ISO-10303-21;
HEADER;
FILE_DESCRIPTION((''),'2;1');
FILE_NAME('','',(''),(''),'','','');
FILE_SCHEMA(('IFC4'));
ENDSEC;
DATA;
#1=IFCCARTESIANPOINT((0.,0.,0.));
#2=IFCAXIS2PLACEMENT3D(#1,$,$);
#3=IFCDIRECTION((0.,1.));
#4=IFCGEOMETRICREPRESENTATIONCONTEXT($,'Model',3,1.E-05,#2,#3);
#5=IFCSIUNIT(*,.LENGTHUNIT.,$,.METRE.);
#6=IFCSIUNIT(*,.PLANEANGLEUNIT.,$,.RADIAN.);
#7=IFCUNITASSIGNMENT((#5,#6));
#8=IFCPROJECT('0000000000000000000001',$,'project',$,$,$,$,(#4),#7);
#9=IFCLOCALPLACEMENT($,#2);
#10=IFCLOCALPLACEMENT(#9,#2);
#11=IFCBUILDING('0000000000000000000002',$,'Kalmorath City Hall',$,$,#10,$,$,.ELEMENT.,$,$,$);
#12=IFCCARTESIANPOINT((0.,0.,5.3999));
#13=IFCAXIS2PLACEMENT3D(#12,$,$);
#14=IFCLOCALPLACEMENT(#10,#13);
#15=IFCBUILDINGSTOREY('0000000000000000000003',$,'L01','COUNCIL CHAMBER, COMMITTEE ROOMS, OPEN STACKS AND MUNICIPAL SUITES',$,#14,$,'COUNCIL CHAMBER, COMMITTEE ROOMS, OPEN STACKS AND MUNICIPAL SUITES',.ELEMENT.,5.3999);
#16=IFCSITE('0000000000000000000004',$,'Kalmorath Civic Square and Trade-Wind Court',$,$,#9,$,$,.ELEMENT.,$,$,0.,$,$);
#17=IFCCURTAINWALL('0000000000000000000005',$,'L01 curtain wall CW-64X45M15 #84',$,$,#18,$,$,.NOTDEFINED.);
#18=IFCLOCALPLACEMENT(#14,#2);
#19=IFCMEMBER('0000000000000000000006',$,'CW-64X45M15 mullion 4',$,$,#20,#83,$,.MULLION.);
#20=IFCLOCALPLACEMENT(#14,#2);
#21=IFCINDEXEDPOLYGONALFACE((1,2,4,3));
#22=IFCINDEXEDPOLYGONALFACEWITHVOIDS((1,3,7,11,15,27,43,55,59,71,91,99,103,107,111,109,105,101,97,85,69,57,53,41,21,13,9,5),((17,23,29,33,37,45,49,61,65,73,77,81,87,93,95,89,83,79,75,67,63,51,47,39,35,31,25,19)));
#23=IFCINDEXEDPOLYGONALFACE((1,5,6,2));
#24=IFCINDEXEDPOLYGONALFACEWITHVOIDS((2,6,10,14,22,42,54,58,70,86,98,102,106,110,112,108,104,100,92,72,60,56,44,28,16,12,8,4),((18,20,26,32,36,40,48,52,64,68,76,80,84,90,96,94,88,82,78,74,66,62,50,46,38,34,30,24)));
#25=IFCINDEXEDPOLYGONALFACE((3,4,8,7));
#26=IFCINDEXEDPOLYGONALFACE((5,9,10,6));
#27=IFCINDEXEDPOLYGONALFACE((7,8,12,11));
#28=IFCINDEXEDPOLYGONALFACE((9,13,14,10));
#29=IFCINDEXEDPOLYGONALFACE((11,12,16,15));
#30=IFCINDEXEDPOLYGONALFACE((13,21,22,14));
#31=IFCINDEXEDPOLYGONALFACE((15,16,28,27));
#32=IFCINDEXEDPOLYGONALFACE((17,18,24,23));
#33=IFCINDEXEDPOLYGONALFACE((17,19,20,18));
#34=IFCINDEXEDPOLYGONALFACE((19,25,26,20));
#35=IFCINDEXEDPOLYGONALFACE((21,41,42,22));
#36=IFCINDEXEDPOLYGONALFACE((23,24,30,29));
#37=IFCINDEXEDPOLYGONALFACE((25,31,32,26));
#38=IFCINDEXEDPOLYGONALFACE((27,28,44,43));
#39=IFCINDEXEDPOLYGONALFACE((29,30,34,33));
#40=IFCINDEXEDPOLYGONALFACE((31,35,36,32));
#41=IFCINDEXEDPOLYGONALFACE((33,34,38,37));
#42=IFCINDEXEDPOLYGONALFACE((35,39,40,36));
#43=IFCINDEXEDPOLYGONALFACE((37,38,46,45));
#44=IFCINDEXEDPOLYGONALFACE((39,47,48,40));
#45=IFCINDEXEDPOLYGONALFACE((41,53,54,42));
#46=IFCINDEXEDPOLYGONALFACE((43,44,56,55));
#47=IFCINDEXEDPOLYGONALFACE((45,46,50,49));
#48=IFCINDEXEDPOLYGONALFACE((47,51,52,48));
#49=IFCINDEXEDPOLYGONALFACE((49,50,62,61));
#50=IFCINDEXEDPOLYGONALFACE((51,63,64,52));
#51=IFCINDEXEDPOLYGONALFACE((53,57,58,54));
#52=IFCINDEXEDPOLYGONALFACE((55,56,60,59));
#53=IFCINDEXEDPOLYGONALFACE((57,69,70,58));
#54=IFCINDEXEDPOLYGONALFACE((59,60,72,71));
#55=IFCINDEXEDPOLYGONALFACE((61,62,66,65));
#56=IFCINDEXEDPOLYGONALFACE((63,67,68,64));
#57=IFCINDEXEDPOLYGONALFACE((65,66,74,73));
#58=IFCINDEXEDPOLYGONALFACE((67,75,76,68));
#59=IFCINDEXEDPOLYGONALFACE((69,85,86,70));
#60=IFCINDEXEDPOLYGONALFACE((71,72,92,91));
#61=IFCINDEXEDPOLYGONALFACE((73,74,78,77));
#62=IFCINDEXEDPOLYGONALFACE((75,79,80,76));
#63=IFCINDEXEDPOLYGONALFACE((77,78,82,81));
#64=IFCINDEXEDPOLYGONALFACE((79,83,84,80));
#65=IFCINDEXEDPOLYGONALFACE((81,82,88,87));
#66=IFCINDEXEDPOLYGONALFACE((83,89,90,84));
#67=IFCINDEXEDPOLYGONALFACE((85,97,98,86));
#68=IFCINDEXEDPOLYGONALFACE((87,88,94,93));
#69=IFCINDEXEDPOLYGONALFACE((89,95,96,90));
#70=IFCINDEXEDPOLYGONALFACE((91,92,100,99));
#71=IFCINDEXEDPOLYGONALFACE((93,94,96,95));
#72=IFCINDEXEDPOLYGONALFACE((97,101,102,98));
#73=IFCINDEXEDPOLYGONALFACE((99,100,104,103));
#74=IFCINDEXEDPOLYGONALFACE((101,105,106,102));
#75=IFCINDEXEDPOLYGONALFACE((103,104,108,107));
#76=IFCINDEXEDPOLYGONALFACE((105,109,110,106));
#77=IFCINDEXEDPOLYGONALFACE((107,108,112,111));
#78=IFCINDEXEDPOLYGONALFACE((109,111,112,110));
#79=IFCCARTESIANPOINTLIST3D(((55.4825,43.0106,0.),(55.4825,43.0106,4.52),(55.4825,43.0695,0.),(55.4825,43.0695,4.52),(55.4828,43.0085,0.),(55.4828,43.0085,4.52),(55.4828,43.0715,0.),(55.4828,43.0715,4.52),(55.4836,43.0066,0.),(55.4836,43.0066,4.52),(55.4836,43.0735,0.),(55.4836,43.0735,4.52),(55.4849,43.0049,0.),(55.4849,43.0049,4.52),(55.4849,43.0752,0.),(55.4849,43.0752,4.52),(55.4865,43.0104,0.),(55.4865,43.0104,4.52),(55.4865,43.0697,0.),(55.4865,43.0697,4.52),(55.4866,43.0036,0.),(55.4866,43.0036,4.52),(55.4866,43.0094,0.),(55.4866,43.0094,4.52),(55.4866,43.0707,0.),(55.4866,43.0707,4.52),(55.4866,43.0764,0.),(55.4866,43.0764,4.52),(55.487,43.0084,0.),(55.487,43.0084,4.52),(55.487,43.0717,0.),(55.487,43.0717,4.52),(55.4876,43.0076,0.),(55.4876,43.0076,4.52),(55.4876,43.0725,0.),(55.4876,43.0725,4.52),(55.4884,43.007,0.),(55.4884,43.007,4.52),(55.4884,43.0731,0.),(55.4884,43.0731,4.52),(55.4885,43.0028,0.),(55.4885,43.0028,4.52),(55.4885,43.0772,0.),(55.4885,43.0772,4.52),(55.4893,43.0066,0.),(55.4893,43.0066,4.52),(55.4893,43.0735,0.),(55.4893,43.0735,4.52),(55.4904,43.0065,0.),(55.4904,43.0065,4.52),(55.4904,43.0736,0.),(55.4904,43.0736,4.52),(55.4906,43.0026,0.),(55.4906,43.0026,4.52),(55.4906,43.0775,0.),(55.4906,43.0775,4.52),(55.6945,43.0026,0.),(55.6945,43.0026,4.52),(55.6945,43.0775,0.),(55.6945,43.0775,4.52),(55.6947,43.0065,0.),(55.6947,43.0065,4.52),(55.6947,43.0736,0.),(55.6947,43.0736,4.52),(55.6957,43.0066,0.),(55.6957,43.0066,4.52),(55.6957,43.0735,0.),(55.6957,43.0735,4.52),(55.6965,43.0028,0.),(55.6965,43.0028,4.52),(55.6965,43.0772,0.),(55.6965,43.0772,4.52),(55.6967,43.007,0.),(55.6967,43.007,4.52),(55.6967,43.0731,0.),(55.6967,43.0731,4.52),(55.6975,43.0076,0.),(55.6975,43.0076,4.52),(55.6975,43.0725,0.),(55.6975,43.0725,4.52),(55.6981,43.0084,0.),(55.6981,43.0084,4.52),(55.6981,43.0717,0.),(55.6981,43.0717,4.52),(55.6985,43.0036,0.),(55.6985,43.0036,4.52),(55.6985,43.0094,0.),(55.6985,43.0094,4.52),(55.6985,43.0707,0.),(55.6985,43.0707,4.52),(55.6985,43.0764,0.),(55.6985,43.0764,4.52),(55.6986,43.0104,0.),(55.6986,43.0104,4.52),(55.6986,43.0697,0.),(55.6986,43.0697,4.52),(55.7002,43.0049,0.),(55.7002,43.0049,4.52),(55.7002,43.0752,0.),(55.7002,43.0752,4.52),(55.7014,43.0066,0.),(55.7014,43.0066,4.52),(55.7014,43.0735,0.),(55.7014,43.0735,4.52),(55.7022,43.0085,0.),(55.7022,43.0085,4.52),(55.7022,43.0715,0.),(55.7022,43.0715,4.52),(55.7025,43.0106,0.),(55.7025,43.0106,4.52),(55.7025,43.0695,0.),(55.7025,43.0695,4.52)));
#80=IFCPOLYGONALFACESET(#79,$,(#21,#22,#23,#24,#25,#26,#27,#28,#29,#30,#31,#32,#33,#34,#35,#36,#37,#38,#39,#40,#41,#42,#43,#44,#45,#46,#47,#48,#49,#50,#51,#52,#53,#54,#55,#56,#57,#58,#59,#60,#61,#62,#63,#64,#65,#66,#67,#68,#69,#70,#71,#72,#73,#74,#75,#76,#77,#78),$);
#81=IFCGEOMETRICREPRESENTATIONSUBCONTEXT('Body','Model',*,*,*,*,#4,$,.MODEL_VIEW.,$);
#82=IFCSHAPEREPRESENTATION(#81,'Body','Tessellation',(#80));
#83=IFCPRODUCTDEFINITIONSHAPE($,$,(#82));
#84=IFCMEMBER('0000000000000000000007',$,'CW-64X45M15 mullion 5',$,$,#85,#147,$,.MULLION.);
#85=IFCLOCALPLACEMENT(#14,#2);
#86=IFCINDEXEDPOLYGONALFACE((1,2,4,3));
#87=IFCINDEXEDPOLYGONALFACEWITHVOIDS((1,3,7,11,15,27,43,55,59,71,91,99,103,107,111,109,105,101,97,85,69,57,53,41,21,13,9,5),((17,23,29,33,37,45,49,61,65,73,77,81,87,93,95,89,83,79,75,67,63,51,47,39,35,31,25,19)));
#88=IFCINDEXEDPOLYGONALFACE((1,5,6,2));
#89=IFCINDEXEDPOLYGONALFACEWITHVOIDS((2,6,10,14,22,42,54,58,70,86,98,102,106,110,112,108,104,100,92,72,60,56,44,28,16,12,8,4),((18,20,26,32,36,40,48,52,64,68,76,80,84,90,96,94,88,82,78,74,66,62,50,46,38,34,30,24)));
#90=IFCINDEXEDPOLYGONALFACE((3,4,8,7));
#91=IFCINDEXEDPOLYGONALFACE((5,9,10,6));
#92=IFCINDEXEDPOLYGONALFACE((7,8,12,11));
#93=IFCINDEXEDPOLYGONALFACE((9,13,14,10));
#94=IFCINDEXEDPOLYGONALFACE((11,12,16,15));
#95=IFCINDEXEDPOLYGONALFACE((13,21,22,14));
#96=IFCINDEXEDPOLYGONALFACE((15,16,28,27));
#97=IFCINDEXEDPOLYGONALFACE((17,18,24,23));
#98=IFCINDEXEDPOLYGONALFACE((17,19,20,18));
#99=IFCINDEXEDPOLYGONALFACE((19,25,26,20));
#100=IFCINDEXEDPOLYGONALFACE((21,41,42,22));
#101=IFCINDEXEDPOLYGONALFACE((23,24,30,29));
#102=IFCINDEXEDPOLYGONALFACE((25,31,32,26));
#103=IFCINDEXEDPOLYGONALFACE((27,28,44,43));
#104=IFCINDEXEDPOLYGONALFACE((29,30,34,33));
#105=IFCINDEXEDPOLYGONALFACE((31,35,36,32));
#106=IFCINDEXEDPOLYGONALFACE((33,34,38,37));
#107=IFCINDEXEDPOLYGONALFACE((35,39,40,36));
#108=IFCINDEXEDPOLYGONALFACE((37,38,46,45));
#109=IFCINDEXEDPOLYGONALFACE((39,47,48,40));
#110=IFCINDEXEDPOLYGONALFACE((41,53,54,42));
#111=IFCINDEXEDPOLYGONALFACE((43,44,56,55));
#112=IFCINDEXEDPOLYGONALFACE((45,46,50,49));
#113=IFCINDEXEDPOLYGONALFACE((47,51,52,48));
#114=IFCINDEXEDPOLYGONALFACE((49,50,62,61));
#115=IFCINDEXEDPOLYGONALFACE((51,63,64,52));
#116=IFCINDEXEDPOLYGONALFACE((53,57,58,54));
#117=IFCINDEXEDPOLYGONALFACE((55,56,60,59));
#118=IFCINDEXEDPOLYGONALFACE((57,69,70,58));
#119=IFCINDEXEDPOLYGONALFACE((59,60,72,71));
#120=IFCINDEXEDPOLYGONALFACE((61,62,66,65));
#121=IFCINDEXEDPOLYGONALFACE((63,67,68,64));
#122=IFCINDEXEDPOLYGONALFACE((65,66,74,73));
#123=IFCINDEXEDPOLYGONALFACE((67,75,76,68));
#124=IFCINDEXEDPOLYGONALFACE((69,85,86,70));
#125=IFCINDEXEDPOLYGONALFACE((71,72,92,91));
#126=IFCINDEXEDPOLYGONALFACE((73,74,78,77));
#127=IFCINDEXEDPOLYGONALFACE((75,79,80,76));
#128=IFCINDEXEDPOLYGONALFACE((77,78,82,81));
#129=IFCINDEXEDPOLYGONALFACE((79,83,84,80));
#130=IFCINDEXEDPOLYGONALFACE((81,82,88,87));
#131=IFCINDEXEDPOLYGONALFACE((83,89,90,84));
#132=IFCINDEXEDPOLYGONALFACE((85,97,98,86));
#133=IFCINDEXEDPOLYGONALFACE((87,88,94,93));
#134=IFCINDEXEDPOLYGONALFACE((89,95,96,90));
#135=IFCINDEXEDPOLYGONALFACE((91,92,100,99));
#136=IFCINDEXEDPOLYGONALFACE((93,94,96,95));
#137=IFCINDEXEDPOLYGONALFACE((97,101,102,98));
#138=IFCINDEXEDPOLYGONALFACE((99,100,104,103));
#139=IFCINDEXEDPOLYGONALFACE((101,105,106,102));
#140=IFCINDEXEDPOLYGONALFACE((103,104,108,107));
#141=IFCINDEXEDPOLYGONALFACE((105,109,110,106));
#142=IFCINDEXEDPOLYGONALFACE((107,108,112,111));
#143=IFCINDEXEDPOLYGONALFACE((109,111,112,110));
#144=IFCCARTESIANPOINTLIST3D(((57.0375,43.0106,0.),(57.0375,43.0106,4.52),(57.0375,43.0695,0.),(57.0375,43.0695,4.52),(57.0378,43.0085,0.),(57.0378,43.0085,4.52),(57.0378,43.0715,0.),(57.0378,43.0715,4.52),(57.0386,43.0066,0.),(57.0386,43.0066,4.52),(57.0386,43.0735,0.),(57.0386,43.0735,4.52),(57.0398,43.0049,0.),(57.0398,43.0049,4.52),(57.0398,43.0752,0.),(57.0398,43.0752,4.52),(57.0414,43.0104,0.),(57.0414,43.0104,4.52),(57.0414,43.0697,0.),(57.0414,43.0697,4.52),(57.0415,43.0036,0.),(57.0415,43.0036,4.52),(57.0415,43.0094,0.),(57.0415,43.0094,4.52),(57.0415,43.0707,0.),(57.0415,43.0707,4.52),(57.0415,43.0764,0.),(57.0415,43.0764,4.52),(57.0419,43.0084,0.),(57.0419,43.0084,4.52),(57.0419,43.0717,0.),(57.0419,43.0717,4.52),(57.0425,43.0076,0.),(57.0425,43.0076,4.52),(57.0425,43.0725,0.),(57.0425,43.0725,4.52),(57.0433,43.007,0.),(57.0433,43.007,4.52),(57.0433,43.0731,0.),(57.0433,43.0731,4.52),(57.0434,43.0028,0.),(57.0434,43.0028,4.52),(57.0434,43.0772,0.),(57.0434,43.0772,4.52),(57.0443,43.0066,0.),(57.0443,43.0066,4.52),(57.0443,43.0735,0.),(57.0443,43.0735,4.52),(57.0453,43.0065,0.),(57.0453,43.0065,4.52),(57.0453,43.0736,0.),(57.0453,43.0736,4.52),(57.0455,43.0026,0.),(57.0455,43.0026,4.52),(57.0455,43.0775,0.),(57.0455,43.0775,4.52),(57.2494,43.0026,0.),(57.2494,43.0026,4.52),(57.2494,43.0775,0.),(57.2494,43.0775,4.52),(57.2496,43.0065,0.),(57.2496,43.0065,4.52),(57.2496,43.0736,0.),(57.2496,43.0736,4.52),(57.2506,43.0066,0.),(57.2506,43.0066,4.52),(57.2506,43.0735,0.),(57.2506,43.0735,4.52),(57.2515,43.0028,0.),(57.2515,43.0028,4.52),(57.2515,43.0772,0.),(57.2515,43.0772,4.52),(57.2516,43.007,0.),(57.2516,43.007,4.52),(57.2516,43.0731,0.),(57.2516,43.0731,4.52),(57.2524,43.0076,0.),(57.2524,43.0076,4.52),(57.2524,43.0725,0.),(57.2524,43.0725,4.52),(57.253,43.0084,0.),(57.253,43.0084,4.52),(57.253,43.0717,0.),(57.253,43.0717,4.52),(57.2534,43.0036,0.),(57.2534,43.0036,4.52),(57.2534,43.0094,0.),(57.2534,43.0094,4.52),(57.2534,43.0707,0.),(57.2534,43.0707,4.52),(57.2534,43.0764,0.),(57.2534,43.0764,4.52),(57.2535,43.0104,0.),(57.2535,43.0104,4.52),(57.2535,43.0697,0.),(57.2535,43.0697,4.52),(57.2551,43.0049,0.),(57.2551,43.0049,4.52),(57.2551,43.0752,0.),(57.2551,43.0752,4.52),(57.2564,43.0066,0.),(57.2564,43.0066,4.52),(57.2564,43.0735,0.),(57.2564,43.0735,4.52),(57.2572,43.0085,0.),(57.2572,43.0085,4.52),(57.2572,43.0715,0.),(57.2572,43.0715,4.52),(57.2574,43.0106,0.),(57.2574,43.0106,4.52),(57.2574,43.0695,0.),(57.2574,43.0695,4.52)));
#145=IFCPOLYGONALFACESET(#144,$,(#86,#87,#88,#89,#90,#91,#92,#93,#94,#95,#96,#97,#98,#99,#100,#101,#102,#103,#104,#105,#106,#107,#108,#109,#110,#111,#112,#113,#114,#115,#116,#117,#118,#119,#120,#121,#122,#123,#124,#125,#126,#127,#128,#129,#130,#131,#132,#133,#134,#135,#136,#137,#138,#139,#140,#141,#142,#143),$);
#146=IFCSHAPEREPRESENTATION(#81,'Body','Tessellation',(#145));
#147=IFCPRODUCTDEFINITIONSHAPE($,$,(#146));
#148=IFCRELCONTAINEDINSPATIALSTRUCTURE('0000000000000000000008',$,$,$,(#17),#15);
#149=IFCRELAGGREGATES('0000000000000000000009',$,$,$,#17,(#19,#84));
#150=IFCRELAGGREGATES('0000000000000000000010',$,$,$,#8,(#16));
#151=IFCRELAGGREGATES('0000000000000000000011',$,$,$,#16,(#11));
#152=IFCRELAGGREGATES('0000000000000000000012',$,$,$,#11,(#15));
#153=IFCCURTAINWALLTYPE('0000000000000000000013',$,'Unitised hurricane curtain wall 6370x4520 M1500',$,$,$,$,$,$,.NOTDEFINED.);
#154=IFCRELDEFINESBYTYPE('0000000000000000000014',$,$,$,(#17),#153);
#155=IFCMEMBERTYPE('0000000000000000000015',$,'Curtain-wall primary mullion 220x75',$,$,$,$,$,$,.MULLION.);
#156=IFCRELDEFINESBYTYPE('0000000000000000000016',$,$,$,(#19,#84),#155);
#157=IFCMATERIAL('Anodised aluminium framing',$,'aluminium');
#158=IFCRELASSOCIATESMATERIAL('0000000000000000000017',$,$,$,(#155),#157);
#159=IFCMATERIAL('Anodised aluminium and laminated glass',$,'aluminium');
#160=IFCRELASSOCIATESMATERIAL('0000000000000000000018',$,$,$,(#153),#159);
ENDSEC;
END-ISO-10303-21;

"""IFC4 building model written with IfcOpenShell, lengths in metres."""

from ifc_helpers import new_model, si_unit, direction, frame, origin, origin_2d, place, context, subcontext, project, spatial, hollow_rectangle, extrude, material, material_profile, profile_set, type_object, element, aggregate, save


model = new_model("IFC4")

# Units and contexts
model_context = context("Model", 3, precision=1e-05, world=origin(), true_north=direction((0.0, 1.0)))
body_context = subcontext(model_context, "Body", "Model", "MODEL_VIEW")
ifc_project = project(units=[si_unit("LENGTHUNIT", "METRE"), si_unit("PLANEANGLEUNIT", "RADIAN")], contexts=[model_context])

# Site, building, storey
site_placement = place(None, origin())
site = spatial("IfcSite", under=ifc_project, at=site_placement, Name="Kalmorath Civic Square and Trade-Wind Court", CompositionType="ELEMENT", RefElevation=0.0)
building_placement = place(site_placement, origin())
building = spatial("IfcBuilding", under=site, at=building_placement, Name="Kalmorath City Hall", CompositionType="ELEMENT")
storey_placement = place(building_placement, frame((0.0, 0.0, 5.3999)))
storey = spatial("IfcBuildingStorey", under=building, at=storey_placement, Name="L01", Description="COUNCIL CHAMBER, COMMITTEE ROOMS, OPEN STACKS AND MUNICIPAL SUITES", LongName="COUNCIL CHAMBER, COMMITTEE ROOMS, OPEN STACKS AND MUNICIPAL SUITES", CompositionType="ELEMENT", Elevation=5.3999)

# Shared definitions
ifc_material_1 = material(Name="Anodised aluminium framing", Category="aluminium")
ifc_material_profile_1 = material_profile(ifc_material_1, hollow_rectangle(XDim=0.075, YDim=0.22, WallThickness=0.0039, InnerFilletRadius=0.0039, OuterFilletRadius=0.0081, at=origin_2d()), Name="ALU-MUL-220X75X4")
ifc_profile_set_1 = profile_set([ifc_material_profile_1], Name="Anodised aluminium framing")
member_type_1 = type_object("IfcMemberType", Name="Curtain-wall primary mullion 220x75", PredefinedType="MULLION", material=ifc_profile_set_1)

# Curtain wall, members
ifc_material_2 = material(Name="Anodised aluminium and laminated glass", Category="aluminium")
curtain_wall_type_1 = type_object("IfcCurtainWallType", Name="Unitised hurricane curtain wall 6370x4520 M1500", PredefinedType="NOTDEFINED", material=ifc_material_2)
curtain_wall_1_placement = place(storey_placement, origin())
curtain_wall_1 = element("IfcCurtainWall", 1, at=curtain_wall_1_placement, inside=storey, type_object=curtain_wall_type_1, Name="L01 curtain wall CW-64X45M15 #84", PredefinedType="NOTDEFINED")
member_1_placement = place(storey_placement, frame((55.5925, 43.04, 0.0), z_axis=(0.0, 0.0, 1.0), x_axis=(0.0, 1.0, 0.0)))
member_1 = element("IfcMember", 2, at=member_1_placement, type_object=member_type_1, Name="CW-64X45M15 mullion 4", PredefinedType="MULLION", context=body_context, shape_type="SweptSolid", body=[
    extrude(hollow_rectangle(XDim=0.075, YDim=0.22, WallThickness=0.0039, InnerFilletRadius=0.0039, OuterFilletRadius=0.0081, at=origin_2d()), origin(), (0.0, 0.0, 1.0), 4.52),
])
member_2_placement = place(storey_placement, frame((57.1475, 43.04, 0.0), z_axis=(0.0, 0.0, 1.0), x_axis=(0.0, 1.0, 0.0)))
member_2 = element("IfcMember", 3, at=member_2_placement, type_object=member_type_1, Name="CW-64X45M15 mullion 5", PredefinedType="MULLION", context=body_context, shape_type="SweptSolid", body=[
    extrude(hollow_rectangle(XDim=0.075, YDim=0.22, WallThickness=0.0039, InnerFilletRadius=0.0039, OuterFilletRadius=0.0081, at=origin_2d()), origin(), (0.0, 0.0, 1.0), 4.52),
])

aggregate(curtain_wall_1, [member_1, member_2])

save(model, "model.ifc")
